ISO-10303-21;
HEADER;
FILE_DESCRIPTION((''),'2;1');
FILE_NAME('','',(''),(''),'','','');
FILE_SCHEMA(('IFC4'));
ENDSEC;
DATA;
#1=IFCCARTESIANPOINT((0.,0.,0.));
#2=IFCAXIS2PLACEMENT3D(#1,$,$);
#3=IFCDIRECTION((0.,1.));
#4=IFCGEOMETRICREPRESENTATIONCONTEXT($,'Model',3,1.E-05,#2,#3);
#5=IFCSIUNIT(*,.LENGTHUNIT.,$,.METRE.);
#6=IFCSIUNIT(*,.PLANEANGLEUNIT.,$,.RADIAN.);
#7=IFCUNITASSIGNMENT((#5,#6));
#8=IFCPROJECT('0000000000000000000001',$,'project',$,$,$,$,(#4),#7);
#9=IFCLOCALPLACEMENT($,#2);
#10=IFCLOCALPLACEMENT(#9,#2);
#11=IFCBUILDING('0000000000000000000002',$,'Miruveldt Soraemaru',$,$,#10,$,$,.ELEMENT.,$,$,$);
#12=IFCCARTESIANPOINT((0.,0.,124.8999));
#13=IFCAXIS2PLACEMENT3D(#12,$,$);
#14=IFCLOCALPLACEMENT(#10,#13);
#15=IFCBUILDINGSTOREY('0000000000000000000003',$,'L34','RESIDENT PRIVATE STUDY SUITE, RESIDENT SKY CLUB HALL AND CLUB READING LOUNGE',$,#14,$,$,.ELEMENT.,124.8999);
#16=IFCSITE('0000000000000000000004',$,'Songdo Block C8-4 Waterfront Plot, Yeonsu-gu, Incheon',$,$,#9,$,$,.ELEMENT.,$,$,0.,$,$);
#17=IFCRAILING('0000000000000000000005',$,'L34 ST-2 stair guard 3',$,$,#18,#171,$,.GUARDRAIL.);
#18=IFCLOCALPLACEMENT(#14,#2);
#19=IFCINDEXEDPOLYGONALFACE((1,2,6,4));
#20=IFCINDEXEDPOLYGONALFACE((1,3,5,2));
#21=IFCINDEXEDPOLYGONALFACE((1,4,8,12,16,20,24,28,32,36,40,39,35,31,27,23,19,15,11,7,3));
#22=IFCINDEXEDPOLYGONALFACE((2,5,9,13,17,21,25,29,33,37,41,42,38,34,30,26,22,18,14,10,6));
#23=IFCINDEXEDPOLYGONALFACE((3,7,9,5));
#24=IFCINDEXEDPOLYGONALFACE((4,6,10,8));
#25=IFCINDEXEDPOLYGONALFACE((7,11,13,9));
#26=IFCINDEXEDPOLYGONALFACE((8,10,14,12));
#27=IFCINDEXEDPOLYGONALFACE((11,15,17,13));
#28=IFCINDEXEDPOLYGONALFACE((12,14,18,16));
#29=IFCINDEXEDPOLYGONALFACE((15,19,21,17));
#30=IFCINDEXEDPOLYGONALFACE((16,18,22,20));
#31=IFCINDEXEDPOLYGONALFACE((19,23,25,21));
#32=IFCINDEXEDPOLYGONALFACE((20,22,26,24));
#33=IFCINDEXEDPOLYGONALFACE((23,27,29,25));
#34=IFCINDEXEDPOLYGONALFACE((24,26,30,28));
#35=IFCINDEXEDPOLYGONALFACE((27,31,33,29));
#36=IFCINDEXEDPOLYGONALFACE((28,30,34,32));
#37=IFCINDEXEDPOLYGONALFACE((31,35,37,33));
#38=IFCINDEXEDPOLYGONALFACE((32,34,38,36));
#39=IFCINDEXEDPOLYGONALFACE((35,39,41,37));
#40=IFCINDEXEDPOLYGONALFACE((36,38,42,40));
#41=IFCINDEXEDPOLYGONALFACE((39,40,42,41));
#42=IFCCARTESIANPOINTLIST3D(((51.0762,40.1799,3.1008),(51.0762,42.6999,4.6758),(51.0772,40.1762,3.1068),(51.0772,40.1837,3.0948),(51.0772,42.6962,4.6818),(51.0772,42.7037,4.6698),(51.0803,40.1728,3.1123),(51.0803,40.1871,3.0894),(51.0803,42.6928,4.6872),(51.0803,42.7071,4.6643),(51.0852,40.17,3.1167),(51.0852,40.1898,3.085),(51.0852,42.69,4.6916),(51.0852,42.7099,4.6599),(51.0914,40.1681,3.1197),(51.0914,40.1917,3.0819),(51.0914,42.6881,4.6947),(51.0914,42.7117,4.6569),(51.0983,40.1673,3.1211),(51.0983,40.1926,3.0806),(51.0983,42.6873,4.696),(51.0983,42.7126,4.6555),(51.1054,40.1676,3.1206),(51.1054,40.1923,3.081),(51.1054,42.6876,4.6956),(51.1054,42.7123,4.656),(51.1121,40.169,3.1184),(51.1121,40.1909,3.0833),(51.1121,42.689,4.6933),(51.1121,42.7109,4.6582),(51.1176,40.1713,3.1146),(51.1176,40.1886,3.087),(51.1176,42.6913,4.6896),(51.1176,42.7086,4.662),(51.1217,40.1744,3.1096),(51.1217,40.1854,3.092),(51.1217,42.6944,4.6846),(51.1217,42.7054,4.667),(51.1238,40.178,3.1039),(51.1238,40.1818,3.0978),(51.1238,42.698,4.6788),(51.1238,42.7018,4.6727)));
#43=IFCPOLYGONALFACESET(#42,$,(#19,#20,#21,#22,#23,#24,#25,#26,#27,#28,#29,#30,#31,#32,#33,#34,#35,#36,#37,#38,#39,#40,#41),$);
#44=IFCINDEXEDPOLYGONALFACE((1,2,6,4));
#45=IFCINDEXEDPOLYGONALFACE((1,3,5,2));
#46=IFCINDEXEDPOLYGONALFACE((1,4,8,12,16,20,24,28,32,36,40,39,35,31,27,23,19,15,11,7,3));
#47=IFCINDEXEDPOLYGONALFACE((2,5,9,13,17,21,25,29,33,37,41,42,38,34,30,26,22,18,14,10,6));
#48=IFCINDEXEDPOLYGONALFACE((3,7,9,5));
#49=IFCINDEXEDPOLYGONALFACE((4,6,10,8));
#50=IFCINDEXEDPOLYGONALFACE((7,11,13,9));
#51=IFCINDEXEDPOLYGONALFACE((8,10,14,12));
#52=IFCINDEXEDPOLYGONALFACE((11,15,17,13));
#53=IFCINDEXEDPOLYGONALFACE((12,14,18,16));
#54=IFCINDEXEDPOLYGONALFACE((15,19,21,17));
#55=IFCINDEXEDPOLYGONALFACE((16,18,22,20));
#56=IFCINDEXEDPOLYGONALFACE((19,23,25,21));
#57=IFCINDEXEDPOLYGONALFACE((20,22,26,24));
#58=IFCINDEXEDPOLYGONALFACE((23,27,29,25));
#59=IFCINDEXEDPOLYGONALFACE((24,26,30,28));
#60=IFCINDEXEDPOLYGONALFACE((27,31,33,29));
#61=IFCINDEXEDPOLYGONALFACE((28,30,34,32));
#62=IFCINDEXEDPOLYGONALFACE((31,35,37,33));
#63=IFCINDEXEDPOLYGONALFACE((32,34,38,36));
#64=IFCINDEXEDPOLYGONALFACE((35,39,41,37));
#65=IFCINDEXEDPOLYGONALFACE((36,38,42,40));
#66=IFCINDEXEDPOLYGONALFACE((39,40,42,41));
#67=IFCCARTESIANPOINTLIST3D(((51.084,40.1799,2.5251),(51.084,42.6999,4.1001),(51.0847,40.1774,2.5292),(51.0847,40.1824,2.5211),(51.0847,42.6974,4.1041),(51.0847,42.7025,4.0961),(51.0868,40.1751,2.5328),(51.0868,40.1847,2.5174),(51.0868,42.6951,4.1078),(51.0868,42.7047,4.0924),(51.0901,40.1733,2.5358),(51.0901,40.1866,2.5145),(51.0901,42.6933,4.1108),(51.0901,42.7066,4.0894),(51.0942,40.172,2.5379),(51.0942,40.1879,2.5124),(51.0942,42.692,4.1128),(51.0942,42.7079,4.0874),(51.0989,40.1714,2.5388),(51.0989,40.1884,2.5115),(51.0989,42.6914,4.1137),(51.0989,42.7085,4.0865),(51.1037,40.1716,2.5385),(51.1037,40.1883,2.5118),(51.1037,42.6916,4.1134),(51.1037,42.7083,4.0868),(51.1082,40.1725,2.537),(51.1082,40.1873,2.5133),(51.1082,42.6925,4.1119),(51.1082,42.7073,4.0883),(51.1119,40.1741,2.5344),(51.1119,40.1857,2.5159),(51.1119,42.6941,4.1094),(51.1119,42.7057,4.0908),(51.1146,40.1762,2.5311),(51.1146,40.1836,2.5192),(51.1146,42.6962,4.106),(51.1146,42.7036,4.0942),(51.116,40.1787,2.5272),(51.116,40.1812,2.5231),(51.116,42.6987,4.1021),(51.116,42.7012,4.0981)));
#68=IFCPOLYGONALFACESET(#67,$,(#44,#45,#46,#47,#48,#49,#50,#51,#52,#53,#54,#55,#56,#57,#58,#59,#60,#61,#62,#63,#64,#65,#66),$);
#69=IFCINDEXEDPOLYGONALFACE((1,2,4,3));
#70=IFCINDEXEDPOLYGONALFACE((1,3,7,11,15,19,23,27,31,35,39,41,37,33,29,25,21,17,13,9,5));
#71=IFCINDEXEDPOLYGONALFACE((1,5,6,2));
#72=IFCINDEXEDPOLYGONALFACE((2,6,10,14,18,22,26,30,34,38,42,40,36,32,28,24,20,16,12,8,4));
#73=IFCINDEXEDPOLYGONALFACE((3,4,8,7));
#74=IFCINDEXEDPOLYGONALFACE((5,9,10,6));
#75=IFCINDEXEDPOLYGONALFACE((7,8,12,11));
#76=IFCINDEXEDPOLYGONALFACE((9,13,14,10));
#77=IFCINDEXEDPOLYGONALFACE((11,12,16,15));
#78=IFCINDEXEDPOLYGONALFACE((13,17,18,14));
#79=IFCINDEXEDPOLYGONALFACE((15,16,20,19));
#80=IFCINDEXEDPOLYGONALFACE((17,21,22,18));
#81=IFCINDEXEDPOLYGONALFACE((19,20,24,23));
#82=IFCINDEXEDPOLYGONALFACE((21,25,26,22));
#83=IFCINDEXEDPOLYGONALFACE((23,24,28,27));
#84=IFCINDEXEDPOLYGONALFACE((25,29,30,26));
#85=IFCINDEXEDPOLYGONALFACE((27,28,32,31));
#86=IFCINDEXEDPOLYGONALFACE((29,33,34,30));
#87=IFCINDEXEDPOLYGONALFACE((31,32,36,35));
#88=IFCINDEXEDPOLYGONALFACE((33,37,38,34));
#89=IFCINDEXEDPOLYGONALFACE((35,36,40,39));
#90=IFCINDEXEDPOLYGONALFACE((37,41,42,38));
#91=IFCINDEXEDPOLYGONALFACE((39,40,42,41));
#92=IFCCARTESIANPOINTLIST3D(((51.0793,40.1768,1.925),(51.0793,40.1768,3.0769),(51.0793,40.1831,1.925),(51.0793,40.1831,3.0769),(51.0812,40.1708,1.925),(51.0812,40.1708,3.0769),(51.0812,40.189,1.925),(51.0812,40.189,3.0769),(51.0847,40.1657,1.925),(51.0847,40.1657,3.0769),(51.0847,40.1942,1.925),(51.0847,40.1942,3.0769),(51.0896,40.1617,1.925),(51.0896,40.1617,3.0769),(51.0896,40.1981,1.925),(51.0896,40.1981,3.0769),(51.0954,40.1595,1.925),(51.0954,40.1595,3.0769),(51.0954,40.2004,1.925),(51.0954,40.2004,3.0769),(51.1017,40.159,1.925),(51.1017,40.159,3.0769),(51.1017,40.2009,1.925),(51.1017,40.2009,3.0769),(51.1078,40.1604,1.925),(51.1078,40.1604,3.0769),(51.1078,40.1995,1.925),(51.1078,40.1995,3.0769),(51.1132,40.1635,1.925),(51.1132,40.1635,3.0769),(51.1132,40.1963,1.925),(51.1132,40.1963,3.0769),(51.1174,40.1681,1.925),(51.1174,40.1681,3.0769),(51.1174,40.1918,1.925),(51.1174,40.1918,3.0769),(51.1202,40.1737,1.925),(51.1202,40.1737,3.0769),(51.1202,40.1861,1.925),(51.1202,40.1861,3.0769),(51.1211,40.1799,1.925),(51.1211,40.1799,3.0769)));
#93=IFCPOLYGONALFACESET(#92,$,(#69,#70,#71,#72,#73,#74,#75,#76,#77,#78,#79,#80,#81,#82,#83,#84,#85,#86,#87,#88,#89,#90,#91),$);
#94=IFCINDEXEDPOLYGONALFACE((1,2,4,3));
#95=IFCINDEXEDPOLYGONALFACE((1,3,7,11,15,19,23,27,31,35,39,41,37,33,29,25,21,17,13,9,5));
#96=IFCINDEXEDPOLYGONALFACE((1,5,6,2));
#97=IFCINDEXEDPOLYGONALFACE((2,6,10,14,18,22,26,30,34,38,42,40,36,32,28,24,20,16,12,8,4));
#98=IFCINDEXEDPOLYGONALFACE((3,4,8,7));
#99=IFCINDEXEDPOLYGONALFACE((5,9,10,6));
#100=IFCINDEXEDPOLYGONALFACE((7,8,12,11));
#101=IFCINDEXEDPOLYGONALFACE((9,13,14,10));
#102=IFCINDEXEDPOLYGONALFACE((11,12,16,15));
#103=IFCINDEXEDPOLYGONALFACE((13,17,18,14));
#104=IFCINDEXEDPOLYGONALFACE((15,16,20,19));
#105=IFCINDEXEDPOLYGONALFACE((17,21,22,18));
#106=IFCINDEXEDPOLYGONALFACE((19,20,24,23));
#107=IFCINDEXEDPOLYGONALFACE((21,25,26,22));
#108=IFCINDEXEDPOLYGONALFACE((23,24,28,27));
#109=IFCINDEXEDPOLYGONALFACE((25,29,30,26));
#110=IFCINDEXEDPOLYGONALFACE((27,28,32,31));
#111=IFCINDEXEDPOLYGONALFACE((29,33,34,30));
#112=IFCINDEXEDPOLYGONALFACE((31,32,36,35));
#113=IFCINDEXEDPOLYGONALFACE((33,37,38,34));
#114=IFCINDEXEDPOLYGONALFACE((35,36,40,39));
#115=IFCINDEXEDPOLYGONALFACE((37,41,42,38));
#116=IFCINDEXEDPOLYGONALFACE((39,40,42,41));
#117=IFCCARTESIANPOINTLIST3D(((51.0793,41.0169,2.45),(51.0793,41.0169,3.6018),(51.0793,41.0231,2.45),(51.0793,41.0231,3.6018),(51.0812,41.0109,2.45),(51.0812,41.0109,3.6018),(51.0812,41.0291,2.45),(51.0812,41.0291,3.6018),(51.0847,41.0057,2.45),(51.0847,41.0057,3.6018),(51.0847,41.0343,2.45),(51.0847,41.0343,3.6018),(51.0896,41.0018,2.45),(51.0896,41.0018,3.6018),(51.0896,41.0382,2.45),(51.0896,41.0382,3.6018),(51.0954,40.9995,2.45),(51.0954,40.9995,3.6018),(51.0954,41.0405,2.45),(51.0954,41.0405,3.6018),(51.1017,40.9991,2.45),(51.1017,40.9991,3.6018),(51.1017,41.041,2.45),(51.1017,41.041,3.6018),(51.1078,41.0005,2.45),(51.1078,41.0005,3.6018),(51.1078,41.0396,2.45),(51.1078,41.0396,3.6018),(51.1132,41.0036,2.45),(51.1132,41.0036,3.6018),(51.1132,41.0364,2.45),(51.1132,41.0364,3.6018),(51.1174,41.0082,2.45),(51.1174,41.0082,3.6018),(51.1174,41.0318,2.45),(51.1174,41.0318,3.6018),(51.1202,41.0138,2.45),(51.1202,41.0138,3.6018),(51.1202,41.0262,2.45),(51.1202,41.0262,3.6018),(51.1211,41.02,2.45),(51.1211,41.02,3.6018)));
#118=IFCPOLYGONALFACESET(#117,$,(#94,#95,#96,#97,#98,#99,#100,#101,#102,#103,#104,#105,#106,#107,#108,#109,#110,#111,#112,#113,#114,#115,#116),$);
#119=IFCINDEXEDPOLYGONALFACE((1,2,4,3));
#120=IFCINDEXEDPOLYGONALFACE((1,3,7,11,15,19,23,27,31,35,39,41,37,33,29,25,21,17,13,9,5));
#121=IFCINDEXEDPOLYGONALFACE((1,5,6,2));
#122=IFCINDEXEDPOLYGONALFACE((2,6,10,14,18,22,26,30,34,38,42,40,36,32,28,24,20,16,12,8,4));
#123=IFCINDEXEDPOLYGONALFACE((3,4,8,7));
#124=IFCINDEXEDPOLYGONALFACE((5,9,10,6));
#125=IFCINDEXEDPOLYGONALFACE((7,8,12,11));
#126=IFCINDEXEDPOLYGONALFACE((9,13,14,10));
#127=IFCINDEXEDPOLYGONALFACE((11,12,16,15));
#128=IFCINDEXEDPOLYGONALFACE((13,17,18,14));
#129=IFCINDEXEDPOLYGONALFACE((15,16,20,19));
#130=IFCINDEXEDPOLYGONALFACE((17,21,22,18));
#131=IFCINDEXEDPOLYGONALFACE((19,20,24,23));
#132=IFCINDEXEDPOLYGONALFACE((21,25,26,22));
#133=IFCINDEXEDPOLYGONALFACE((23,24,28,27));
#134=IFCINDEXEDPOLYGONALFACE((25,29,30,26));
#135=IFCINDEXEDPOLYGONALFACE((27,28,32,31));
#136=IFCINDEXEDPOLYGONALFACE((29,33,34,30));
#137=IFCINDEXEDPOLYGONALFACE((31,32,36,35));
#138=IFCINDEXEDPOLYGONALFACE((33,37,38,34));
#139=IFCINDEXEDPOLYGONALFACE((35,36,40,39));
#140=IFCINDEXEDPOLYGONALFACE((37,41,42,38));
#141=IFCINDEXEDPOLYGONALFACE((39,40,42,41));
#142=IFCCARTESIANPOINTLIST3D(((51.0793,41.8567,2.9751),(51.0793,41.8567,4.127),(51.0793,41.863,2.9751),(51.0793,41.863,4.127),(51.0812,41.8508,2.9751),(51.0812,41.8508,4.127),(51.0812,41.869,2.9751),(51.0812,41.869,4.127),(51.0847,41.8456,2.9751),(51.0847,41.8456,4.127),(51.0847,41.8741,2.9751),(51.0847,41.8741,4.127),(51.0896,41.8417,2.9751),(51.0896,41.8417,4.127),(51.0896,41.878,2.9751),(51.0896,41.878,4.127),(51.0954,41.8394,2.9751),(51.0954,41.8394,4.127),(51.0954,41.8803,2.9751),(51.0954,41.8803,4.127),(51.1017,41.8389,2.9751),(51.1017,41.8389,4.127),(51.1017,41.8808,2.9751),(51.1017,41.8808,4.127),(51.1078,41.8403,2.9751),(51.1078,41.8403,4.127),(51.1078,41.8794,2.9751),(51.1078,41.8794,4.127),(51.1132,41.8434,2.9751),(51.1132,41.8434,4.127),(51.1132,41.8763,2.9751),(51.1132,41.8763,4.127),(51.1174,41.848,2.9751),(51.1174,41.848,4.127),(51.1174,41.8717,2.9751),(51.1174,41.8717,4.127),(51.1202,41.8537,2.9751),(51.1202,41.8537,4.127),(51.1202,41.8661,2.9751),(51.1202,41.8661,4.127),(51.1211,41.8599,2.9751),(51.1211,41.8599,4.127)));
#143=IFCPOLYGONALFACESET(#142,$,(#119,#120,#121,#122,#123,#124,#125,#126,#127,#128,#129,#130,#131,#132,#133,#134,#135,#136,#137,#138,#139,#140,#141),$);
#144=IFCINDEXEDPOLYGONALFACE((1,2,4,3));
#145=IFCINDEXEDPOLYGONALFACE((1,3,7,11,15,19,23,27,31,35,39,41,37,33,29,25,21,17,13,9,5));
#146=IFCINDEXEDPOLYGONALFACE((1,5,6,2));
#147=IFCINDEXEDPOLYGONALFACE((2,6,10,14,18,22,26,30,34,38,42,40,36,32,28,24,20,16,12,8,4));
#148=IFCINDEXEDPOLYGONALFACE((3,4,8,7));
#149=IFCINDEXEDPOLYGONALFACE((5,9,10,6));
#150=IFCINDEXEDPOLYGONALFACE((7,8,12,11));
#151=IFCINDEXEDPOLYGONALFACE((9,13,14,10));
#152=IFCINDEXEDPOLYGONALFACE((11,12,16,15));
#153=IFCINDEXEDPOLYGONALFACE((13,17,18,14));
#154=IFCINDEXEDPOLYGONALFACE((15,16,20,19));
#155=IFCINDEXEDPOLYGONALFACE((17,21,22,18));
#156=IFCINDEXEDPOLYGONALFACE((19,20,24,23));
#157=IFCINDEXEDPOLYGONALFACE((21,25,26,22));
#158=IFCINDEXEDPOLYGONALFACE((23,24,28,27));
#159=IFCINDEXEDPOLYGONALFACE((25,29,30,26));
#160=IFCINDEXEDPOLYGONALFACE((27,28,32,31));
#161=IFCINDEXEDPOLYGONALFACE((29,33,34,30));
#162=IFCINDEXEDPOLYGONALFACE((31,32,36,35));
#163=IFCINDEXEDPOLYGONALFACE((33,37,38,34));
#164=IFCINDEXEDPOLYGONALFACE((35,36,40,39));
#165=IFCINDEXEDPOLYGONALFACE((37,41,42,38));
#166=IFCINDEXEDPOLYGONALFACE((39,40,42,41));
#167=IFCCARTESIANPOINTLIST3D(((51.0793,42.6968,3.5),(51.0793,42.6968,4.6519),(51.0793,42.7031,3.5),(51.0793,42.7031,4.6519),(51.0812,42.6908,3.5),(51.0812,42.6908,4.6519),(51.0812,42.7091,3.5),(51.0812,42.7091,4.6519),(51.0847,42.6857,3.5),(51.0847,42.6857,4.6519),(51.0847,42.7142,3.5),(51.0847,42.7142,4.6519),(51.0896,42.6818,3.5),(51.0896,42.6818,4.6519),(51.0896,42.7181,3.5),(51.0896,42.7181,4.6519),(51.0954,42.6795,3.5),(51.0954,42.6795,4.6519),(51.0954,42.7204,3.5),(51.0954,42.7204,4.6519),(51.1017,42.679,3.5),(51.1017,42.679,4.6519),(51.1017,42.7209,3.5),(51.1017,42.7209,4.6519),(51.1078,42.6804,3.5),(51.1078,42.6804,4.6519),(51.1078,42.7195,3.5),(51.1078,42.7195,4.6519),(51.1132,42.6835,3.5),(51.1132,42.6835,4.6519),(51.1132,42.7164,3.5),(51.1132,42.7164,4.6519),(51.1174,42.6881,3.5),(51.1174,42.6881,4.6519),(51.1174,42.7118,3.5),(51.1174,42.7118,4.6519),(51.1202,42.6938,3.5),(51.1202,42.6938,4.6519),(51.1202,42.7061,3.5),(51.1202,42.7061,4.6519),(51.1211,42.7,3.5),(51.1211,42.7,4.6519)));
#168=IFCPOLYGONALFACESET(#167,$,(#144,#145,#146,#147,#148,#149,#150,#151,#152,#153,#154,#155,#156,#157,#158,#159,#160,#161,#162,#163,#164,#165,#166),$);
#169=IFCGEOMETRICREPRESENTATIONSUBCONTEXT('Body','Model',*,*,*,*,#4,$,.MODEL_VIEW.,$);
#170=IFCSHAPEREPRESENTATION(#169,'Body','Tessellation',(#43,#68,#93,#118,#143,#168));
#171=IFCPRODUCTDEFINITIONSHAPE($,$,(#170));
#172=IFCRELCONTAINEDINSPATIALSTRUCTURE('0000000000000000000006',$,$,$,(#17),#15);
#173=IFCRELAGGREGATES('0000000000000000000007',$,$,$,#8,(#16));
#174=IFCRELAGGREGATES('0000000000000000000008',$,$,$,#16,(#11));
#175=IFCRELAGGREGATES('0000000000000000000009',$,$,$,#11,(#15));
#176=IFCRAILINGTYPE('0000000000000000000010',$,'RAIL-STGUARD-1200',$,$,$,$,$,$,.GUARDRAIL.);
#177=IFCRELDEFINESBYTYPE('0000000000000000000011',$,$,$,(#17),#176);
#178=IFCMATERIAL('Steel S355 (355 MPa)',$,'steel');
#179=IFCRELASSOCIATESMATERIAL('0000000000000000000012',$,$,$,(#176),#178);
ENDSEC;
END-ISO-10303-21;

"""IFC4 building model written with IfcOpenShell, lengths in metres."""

from ifc_helpers import new_model, si_unit, direction, frame, origin, origin_2d, place, context, subcontext, project, spatial, circle, extrude, material, type_object, element, save


model = new_model("IFC4")

# Units and contexts
model_context = context("Model", 3, precision=1e-05, world=origin(), true_north=direction((0.0, 1.0)))
body_context = subcontext(model_context, "Body", "Model", "MODEL_VIEW")
ifc_project = project(units=[si_unit("LENGTHUNIT", "METRE"), si_unit("PLANEANGLEUNIT", "RADIAN")], contexts=[model_context])

# Site, building, storey
site_placement = place(None, origin())
site = spatial("IfcSite", under=ifc_project, at=site_placement, Name="Songdo Block C8-4 Waterfront Plot, Yeonsu-gu, Incheon", CompositionType="ELEMENT", RefElevation=0.0)
building_placement = place(site_placement, origin())
building = spatial("IfcBuilding", under=site, at=building_placement, Name="Miruveldt Soraemaru", CompositionType="ELEMENT")
storey_placement = place(building_placement, frame((0.0, 0.0, 124.8999)))
storey = spatial("IfcBuildingStorey", under=building, at=storey_placement, Name="L34", Description="RESIDENT PRIVATE STUDY SUITE, RESIDENT SKY CLUB HALL AND CLUB READING LOUNGE", CompositionType="ELEMENT", Elevation=124.8999)

# Railing
ifc_material_1 = material(Name="Steel S355 (355 MPa)", Category="steel")
railing_type_1 = type_object("IfcRailingType", Name="RAIL-STGUARD-1200", PredefinedType="GUARDRAIL", material=ifc_material_1)
railing_1_placement = place(storey_placement, frame((51.1001, 40.1799, 1.925)))
element("IfcRailing", 1, at=railing_1_placement, inside=storey, type_object=railing_type_1, Name="L34 ST-2 stair guard 3", PredefinedType="GUARDRAIL", context=body_context, shape_type="SweptSolid", body=[
    extrude(circle(Radius=0.0239, at=origin_2d()), frame((0.0, 0.0, 1.1758), z_axis=(0.0, 0.848008, 0.529984), x_axis=(-1.0, 0.0, 0.0)), (0.0, 0.0, 1.0), 2.9717),
    extrude(circle(Radius=0.0161, at=origin_2d()), frame((0.0, 0.0, 0.6001), z_axis=(0.0, 0.848008, 0.529984), x_axis=(-1.0, 0.0, 0.0)), (0.0, 0.0, 1.0), 2.9717),
    extrude(circle(Radius=0.021, at=origin_2d()), origin(), (0.0, 0.0, 1.0), 1.1519),
    extrude(circle(Radius=0.021, at=origin_2d()), frame((0.0, 0.8401, 0.5249)), (0.0, 0.0, 1.0), 1.1519),
    extrude(circle(Radius=0.021, at=origin_2d()), frame((0.0, 1.6799, 1.05)), (0.0, 0.0, 1.0), 1.1519),
    extrude(circle(Radius=0.021, at=origin_2d()), frame((0.0, 2.52, 1.575)), (0.0, 0.0, 1.0), 1.1519),
])

save(model, "model.ifc")
